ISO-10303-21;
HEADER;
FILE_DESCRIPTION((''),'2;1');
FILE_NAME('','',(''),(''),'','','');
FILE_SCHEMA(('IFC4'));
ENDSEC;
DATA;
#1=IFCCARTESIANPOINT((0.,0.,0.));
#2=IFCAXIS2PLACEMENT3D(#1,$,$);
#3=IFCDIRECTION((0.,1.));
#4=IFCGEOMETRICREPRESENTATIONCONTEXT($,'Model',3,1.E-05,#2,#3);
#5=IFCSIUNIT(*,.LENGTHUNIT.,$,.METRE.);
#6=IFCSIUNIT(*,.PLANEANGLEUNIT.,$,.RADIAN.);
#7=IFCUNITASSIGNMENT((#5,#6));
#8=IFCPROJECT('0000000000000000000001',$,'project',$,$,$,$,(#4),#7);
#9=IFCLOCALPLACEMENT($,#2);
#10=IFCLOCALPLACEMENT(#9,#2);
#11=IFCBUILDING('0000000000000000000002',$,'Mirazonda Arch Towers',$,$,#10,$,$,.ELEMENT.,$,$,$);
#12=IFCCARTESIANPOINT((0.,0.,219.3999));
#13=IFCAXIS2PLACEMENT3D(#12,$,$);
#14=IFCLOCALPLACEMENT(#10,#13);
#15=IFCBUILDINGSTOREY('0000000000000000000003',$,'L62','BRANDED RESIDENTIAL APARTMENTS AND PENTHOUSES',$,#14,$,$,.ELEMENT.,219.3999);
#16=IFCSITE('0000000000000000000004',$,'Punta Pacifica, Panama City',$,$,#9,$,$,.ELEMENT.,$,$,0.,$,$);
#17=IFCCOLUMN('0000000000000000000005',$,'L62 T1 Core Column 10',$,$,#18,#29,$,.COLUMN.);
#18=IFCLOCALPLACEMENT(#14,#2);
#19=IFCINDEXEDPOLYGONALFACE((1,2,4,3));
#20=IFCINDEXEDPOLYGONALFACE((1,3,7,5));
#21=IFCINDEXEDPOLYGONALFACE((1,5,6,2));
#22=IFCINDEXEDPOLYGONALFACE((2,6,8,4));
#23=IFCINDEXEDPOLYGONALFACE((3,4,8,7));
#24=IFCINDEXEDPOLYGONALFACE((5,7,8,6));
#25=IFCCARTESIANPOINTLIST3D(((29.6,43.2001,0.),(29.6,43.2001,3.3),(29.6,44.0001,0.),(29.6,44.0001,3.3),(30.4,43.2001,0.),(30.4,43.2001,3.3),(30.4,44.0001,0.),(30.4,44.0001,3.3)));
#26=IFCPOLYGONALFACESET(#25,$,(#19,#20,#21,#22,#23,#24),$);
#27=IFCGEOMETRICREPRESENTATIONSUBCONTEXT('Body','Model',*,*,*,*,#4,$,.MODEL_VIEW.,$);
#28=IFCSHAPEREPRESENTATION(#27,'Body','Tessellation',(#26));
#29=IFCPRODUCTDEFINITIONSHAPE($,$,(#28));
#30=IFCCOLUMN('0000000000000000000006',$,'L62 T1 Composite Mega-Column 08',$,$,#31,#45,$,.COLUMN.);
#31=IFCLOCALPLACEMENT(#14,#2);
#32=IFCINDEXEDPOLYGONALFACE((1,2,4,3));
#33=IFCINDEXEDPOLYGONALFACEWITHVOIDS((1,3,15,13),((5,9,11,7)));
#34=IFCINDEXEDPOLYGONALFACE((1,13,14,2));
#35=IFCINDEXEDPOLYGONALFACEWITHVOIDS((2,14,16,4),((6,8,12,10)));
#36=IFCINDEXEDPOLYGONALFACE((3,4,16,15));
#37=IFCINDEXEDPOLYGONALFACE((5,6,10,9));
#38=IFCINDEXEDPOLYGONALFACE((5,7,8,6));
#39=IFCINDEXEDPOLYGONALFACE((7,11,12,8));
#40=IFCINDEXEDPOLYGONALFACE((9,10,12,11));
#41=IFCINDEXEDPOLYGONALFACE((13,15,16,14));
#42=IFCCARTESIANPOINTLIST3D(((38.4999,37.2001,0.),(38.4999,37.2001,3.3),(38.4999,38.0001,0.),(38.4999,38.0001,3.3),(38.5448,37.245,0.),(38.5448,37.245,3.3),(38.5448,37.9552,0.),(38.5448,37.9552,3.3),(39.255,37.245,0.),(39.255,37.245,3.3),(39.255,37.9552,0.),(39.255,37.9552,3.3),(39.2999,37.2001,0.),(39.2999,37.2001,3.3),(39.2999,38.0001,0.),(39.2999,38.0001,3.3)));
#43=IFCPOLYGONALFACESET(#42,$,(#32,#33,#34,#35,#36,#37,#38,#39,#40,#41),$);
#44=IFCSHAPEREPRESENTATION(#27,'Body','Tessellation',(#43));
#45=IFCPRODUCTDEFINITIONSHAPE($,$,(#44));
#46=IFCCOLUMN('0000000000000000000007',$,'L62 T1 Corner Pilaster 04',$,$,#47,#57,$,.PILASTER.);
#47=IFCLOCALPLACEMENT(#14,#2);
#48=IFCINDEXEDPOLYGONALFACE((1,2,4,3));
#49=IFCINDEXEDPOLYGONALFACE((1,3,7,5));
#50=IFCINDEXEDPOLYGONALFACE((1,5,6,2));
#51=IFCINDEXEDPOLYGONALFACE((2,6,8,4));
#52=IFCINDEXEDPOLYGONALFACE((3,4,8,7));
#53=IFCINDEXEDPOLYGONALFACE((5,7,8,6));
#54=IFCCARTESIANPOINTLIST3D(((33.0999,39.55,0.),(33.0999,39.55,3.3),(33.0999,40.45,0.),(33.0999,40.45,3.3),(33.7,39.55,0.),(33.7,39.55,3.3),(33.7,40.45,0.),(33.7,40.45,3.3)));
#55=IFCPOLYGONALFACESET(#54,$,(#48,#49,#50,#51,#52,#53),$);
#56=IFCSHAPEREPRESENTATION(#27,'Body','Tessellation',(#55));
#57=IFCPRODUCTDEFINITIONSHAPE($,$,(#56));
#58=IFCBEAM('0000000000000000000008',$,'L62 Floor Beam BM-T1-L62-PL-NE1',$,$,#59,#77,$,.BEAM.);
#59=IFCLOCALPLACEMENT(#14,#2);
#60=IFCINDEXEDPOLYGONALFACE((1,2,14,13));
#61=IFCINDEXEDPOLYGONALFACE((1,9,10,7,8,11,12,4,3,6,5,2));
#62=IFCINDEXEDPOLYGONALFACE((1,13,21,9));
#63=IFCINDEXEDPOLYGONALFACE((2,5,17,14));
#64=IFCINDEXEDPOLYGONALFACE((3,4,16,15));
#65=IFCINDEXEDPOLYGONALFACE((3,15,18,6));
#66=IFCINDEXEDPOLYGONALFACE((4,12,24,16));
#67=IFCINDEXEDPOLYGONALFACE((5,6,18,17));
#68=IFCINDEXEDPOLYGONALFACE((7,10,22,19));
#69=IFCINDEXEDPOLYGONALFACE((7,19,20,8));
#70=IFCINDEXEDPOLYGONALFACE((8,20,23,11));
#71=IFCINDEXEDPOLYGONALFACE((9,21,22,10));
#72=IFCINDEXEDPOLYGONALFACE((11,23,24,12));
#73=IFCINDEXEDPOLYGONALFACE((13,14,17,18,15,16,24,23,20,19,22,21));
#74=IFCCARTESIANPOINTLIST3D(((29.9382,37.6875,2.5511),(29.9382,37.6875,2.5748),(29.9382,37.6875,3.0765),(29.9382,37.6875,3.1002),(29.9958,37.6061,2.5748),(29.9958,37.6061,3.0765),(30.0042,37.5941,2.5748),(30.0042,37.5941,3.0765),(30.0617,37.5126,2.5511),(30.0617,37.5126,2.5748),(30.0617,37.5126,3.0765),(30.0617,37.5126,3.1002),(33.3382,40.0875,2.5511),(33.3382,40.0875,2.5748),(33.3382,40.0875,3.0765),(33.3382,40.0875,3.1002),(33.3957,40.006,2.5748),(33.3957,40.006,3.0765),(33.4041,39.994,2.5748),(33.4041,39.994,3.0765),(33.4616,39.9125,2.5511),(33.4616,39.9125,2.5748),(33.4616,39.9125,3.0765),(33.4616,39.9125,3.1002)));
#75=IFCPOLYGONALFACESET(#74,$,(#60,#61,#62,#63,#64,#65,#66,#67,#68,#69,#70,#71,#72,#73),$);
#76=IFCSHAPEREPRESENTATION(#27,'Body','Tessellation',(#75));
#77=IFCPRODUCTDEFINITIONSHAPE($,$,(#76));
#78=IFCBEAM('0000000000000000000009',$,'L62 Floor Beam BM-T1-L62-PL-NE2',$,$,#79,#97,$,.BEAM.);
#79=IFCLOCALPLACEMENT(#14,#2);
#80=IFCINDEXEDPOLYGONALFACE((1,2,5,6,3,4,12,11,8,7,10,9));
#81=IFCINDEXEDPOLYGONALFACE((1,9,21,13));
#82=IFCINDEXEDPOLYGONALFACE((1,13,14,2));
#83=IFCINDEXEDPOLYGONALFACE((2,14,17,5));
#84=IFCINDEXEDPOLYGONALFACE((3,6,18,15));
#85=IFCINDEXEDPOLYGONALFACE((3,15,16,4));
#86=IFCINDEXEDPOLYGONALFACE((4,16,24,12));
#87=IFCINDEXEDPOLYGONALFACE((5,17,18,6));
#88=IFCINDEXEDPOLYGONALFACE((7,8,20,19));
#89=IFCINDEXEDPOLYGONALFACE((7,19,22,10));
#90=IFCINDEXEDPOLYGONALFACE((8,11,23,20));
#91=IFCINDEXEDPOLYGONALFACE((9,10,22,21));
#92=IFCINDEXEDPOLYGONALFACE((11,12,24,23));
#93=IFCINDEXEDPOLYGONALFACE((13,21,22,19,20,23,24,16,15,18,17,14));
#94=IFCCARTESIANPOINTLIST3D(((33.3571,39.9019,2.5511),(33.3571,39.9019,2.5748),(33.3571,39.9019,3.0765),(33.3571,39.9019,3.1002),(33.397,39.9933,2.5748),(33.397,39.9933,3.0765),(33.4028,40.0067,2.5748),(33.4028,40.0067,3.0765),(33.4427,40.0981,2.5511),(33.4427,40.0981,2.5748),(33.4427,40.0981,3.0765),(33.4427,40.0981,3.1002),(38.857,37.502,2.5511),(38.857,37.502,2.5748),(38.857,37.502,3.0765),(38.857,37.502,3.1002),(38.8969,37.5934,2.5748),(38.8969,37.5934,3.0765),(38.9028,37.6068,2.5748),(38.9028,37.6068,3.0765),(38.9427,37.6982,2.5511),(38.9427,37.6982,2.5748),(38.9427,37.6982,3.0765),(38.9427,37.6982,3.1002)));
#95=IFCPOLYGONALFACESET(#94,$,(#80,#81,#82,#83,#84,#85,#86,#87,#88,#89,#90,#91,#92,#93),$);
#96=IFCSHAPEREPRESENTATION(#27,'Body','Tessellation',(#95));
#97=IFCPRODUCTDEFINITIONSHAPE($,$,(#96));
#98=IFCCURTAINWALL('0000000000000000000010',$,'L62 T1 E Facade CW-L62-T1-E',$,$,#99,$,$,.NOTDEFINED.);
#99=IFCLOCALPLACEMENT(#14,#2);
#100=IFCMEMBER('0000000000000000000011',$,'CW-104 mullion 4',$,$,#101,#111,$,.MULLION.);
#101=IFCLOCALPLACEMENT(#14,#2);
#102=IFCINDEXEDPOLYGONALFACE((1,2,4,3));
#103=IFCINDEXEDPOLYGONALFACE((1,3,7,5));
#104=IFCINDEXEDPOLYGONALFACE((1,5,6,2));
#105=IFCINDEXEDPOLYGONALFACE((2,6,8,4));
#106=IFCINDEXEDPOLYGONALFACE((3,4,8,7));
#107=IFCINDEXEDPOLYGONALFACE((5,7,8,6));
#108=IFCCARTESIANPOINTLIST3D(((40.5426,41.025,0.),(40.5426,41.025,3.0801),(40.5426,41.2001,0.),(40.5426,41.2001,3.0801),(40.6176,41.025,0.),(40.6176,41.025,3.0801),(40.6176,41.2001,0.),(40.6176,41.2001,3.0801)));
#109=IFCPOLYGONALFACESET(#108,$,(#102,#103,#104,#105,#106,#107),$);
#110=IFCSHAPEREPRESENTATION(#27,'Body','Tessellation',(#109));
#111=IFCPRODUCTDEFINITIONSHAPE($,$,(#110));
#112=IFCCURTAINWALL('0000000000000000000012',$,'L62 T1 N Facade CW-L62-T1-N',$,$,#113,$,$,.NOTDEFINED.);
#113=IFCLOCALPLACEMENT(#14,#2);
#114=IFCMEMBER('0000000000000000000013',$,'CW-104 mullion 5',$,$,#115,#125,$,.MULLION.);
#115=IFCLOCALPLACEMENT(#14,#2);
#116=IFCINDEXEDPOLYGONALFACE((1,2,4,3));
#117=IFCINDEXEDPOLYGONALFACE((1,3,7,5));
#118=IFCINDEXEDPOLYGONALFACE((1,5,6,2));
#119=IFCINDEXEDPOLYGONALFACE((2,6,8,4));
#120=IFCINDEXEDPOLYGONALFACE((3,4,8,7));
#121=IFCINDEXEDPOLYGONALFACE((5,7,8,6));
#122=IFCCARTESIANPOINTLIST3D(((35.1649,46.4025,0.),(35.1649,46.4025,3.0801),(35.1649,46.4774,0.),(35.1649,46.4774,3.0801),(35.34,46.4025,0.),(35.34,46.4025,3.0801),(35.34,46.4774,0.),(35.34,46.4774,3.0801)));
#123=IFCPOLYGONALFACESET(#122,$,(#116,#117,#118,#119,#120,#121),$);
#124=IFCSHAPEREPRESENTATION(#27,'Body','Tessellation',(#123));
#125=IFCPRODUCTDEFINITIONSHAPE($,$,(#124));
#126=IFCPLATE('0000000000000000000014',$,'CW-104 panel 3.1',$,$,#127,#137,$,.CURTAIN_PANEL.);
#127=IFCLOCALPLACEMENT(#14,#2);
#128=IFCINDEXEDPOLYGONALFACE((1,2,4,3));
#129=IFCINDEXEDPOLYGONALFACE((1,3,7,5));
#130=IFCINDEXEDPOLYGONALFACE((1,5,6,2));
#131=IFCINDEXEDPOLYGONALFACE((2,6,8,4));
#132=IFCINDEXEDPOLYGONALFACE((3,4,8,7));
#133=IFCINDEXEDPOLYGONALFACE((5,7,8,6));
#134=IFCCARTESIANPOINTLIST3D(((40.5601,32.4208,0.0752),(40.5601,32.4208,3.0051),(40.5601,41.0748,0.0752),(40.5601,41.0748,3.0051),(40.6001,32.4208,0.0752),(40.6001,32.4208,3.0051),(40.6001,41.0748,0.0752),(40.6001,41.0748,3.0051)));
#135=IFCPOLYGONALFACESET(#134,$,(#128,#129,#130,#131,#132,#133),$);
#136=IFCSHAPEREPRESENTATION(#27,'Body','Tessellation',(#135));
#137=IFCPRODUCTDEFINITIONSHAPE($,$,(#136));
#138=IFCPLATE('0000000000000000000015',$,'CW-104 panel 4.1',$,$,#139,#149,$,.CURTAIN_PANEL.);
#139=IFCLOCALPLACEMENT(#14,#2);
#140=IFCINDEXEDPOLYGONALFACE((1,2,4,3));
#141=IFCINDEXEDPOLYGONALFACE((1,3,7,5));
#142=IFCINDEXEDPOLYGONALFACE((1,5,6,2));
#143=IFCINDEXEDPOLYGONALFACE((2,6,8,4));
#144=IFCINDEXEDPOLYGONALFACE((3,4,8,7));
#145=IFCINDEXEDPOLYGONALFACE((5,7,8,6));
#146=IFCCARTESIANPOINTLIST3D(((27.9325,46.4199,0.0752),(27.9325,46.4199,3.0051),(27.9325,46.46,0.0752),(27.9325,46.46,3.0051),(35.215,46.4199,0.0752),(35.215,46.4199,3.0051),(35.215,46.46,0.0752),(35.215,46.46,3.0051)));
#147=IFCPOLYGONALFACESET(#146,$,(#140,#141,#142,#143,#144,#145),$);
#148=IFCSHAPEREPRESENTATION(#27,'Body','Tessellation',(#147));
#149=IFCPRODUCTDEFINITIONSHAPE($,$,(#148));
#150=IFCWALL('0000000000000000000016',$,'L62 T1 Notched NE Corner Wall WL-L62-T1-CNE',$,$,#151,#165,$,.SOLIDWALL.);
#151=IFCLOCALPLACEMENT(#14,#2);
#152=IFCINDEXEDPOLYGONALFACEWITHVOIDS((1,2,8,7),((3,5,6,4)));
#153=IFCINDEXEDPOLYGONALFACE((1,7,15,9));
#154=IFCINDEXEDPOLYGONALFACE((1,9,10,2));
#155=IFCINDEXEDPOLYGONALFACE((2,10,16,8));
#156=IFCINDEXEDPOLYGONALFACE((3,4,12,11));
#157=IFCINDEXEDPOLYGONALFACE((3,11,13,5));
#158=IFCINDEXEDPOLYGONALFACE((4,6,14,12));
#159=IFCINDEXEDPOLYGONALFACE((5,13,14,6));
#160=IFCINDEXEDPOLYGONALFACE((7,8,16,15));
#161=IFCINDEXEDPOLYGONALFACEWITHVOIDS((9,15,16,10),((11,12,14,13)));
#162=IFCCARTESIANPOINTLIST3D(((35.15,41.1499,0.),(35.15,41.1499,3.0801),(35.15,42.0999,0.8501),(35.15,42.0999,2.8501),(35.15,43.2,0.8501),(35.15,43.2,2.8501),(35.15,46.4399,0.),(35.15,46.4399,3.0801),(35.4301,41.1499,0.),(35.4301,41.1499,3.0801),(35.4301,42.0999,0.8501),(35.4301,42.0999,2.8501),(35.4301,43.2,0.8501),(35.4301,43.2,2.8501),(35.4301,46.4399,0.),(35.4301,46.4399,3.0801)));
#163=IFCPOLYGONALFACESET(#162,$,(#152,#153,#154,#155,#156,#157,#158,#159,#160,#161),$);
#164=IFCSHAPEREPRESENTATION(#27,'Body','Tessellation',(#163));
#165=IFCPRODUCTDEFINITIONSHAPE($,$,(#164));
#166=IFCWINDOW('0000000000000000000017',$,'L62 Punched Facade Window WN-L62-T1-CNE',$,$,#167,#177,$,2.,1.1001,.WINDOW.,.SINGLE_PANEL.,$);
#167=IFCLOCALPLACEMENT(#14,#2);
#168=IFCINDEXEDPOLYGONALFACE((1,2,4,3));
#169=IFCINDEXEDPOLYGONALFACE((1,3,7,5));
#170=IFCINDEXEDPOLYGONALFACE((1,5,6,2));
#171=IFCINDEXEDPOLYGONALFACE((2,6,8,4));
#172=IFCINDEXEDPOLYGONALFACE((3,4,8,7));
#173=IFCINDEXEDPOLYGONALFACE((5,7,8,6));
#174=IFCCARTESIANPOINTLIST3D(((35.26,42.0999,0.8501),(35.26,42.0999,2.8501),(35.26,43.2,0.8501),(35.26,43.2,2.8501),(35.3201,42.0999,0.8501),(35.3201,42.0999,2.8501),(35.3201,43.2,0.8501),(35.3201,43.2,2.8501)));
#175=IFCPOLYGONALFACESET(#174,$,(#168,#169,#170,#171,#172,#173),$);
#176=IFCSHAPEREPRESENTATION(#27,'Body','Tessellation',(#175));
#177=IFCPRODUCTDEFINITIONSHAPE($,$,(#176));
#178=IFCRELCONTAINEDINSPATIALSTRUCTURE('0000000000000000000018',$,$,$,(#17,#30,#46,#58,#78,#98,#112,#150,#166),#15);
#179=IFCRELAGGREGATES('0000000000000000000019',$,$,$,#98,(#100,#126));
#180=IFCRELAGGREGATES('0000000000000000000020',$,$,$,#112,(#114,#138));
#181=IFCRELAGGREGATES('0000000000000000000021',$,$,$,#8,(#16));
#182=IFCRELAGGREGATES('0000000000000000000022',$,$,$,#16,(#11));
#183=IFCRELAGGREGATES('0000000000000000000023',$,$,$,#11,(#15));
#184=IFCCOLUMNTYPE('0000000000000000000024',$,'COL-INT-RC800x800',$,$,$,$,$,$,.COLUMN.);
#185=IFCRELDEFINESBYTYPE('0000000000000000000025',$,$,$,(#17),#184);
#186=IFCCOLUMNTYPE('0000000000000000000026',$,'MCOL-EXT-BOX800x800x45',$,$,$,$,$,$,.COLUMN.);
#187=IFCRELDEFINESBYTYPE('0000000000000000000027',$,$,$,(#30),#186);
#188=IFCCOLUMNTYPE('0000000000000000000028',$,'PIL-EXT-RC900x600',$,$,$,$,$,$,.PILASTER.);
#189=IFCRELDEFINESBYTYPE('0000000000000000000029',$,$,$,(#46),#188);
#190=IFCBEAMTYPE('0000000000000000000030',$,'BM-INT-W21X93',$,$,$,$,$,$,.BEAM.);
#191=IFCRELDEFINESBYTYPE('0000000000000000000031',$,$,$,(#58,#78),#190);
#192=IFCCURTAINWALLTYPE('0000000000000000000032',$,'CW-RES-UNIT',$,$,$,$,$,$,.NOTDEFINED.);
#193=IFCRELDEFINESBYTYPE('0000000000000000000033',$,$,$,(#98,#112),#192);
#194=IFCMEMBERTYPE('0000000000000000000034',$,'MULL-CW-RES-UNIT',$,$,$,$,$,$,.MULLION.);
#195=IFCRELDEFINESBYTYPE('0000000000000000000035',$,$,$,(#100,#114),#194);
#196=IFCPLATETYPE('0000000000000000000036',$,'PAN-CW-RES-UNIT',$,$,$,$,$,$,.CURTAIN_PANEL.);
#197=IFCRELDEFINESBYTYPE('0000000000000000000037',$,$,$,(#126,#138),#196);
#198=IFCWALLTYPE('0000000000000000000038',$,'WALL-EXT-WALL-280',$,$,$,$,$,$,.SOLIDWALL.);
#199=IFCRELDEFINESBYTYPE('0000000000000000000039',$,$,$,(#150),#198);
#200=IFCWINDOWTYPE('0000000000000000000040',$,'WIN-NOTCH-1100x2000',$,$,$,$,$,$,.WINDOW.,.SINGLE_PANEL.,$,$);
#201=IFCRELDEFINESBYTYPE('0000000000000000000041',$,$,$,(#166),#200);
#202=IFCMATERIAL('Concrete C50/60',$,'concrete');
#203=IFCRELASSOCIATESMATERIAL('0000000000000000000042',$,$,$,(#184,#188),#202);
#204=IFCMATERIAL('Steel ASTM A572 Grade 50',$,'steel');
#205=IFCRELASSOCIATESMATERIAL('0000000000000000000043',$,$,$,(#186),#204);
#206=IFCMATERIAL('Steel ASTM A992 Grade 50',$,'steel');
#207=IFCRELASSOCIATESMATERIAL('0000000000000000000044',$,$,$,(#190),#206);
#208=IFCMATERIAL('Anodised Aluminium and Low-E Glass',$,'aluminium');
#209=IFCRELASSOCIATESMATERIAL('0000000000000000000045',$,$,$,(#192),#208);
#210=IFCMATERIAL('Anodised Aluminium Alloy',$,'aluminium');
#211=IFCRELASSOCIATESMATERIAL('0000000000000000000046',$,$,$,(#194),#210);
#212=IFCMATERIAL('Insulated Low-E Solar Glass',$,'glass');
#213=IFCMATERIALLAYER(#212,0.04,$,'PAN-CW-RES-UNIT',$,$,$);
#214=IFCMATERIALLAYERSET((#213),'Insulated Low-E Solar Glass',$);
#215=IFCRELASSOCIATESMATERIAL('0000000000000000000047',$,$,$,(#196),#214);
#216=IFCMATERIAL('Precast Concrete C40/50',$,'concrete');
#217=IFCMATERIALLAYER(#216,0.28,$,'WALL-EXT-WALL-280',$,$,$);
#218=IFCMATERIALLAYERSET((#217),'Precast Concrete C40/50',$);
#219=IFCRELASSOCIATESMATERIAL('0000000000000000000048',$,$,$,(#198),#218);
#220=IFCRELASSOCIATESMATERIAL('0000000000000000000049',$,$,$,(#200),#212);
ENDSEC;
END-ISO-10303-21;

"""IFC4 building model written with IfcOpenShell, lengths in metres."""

from ifc_helpers import new_model, si_unit, direction, frame, frame_2d, origin, origin_2d, place, context, subcontext, project, spatial, rectangle, hollow_rectangle, i_section, extrude, material, layer, layer_set, material_profile, profile_set, type_object, element, fill, aggregate, save


model = new_model("IFC4")

# Units and contexts
model_context = context("Model", 3, precision=1e-05, world=origin(), true_north=direction((0.0, 1.0)))
body_context = subcontext(model_context, "Body", "Model", "MODEL_VIEW")
ifc_project = project(units=[si_unit("LENGTHUNIT", "METRE"), si_unit("PLANEANGLEUNIT", "RADIAN")], contexts=[model_context])

# Site, building, storey
site_placement = place(None, origin())
site = spatial("IfcSite", under=ifc_project, at=site_placement, Name="Punta Pacifica, Panama City", CompositionType="ELEMENT", RefElevation=0.0)
building_placement = place(site_placement, origin())
building = spatial("IfcBuilding", under=site, at=building_placement, Name="Mirazonda Arch Towers", CompositionType="ELEMENT")
storey_placement = place(building_placement, frame((0.0, 0.0, 219.3999)))
storey = spatial("IfcBuildingStorey", under=building, at=storey_placement, Name="L62", Description="BRANDED RESIDENTIAL APARTMENTS AND PENTHOUSES", CompositionType="ELEMENT", Elevation=219.3999)

# Columns
ifc_material_1 = material(Name="Concrete C50/60", Category="concrete")
ifc_material_profile_1 = material_profile(ifc_material_1, rectangle(XDim=0.8, YDim=0.8, at=origin_2d()), Name="RC800x800")
ifc_profile_set_1 = profile_set([ifc_material_profile_1], Name="Concrete C50/60")
column_type_1 = type_object("IfcColumnType", Name="COL-INT-RC800x800", PredefinedType="COLUMN", material=ifc_profile_set_1)
column_1_placement = place(storey_placement, frame((30.0, 43.6001, 0.0), z_axis=(0.0, 0.0, 1.0), x_axis=(1.0, 0.0, 0.0)))
element("IfcColumn", 1, at=column_1_placement, inside=storey, type_object=column_type_1, Name="L62 T1 Core Column 10", PredefinedType="COLUMN", context=body_context, shape_type="SweptSolid", body=[
    extrude(rectangle(XDim=0.8, YDim=0.8, at=origin_2d()), origin(), (0.0, 0.0, 1.0), 3.3),
])
ifc_material_2 = material(Name="Steel ASTM A572 Grade 50", Category="steel")
ifc_material_profile_2 = material_profile(ifc_material_2, hollow_rectangle(XDim=0.8, YDim=0.8, WallThickness=0.0449, at=origin_2d()), Name="BOX800x800x45")
ifc_profile_set_2 = profile_set([ifc_material_profile_2], Name="Steel ASTM A572 Grade 50")
column_type_2 = type_object("IfcColumnType", Name="MCOL-EXT-BOX800x800x45", PredefinedType="COLUMN", material=ifc_profile_set_2)
column_2_placement = place(storey_placement, frame((38.8999, 37.6001, 0.0), z_axis=(0.0, 0.0, 1.0), x_axis=(1.0, 0.0, 0.0)))
element("IfcColumn", 2, at=column_2_placement, inside=storey, type_object=column_type_2, Name="L62 T1 Composite Mega-Column 08", PredefinedType="COLUMN", context=body_context, shape_type="SweptSolid", body=[
    extrude(hollow_rectangle(XDim=0.8, YDim=0.8, WallThickness=0.0449, at=origin_2d()), origin(), (0.0, 0.0, 1.0), 3.3),
])
ifc_material_profile_3 = material_profile(ifc_material_1, rectangle(XDim=0.6001, YDim=0.8999, at=origin_2d()), Name="RC900x600")
ifc_profile_set_3 = profile_set([ifc_material_profile_3], Name="Concrete C50/60")
column_type_3 = type_object("IfcColumnType", Name="PIL-EXT-RC900x600", PredefinedType="PILASTER", material=ifc_profile_set_3)
column_3_placement = place(storey_placement, frame((33.3999, 40.0, 0.0), z_axis=(0.0, 0.0, 1.0), x_axis=(1.0, 0.0, 0.0)))
element("IfcColumn", 3, at=column_3_placement, inside=storey, type_object=column_type_3, Name="L62 T1 Corner Pilaster 04", PredefinedType="PILASTER", context=body_context, shape_type="SweptSolid", body=[
    extrude(rectangle(XDim=0.6001, YDim=0.8999, at=origin_2d()), origin(), (0.0, 0.0, 1.0), 3.3),
])

# Beams
ifc_material_3 = material(Name="Steel ASTM A992 Grade 50", Category="steel")
ifc_material_profile_4 = material_profile(ifc_material_3, i_section(OverallWidth=0.2141, OverallDepth=0.5491, WebThickness=0.0146, FlangeThickness=0.0237, at=origin_2d()), Name="W21X93")
ifc_profile_set_4 = profile_set([ifc_material_profile_4], Name="Steel ASTM A992 Grade 50")
beam_type = type_object("IfcBeamType", Name="BM-INT-W21X93", PredefinedType="BEAM", material=ifc_profile_set_4)
beam_1_placement = place(storey_placement, frame((33.3999, 40.0, 2.8257), z_axis=(-0.816971, -0.576679, 0.0), x_axis=(0.576679, -0.816971, 0.0)))
element("IfcBeam", 4, at=beam_1_placement, inside=storey, type_object=beam_type, Name="L62 Floor Beam BM-T1-L62-PL-NE1", PredefinedType="BEAM", context=body_context, shape_type="SweptSolid", body=[
    extrude(i_section(OverallWidth=0.2141, OverallDepth=0.5491, WebThickness=0.0146, FlangeThickness=0.0237, at=origin_2d()), origin(), (0.0, 0.0, 1.0), 4.1616),
])
beam_2_placement = place(storey_placement, frame((33.3999, 40.0, 2.8257), z_axis=(0.916545, -0.399931, 0.0), x_axis=(0.399931, 0.916545, 0.0)))
element("IfcBeam", 5, at=beam_2_placement, inside=storey, type_object=beam_type, Name="L62 Floor Beam BM-T1-L62-PL-NE2", PredefinedType="BEAM", context=body_context, shape_type="SweptSolid", body=[
    extrude(i_section(OverallWidth=0.2141, OverallDepth=0.5491, WebThickness=0.0146, FlangeThickness=0.0237, at=origin_2d()), origin(), (0.0, 0.0, 1.0), 6.0007),
])

# Curtain walls, members
ifc_material_4 = material(Name="Anodised Aluminium and Low-E Glass", Category="aluminium")
curtain_wall_type = type_object("IfcCurtainWallType", Name="CW-RES-UNIT", PredefinedType="NOTDEFINED", material=ifc_material_4)
curtain_wall_1_placement = place(storey_placement, origin())
curtain_wall_1 = element("IfcCurtainWall", 6, at=curtain_wall_1_placement, inside=storey, type_object=curtain_wall_type, Name="L62 T1 E Facade CW-L62-T1-E", PredefinedType="NOTDEFINED")
ifc_material_5 = material(Name="Anodised Aluminium Alloy", Category="aluminium")
ifc_material_profile_5 = material_profile(ifc_material_5, rectangle(XDim=0.075, YDim=0.175, at=origin_2d()), Name="ALU-MULL-75x175")
ifc_profile_set_5 = profile_set([ifc_material_profile_5], Name="Anodised Aluminium Alloy")
member_type = type_object("IfcMemberType", Name="MULL-CW-RES-UNIT", PredefinedType="MULLION", material=ifc_profile_set_5)
member_1_placement = place(storey_placement, frame((40.5801, 41.1125, 0.0), z_axis=(0.0, 0.0, 1.0), x_axis=(-1.0, 0.0, 0.0)))
member_1 = element("IfcMember", 7, at=member_1_placement, type_object=member_type, Name="CW-104 mullion 4", PredefinedType="MULLION", context=body_context, shape_type="SweptSolid", body=[
    extrude(rectangle(XDim=0.075, YDim=0.175, at=origin_2d()), origin(), (0.0, 0.0, 1.0), 3.0801),
])
curtain_wall_2_placement = place(storey_placement, origin())
curtain_wall_2 = element("IfcCurtainWall", 8, at=curtain_wall_2_placement, inside=storey, type_object=curtain_wall_type, Name="L62 T1 N Facade CW-L62-T1-N", PredefinedType="NOTDEFINED")
member_2_placement = place(storey_placement, frame((35.2524, 46.4399, 0.0), z_axis=(0.0, 0.0, 1.0), x_axis=(0.0, 1.0, 0.0)))
member_2 = element("IfcMember", 9, at=member_2_placement, type_object=member_type, Name="CW-104 mullion 5", PredefinedType="MULLION", context=body_context, shape_type="SweptSolid", body=[
    extrude(rectangle(XDim=0.075, YDim=0.175, at=origin_2d()), origin(), (0.0, 0.0, 1.0), 3.0801),
])

# Plates
ifc_material_6 = material(Name="Insulated Low-E Solar Glass", Category="glass")
ifc_layer_1 = layer(ifc_material_6, 0.04, Name="PAN-CW-RES-UNIT")
ifc_layer_set_1 = layer_set([ifc_layer_1], Name="Insulated Low-E Solar Glass")
plate_type = type_object("IfcPlateType", Name="PAN-CW-RES-UNIT", PredefinedType="CURTAIN_PANEL", material=ifc_layer_set_1)
plate_1_placement = place(storey_placement, frame((40.5801, 36.7478, 0.0752), z_axis=(0.0, 0.0, 1.0), x_axis=(0.0, 1.0, 0.0)))
plate_1 = element("IfcPlate", 10, at=plate_1_placement, type_object=plate_type, Name="CW-104 panel 3.1", PredefinedType="CURTAIN_PANEL", context=body_context, shape_type="SweptSolid", body=[
    extrude(rectangle(XDim=8.6541, YDim=0.04, at=origin_2d()), origin(), (0.0, 0.0, 1.0), 2.9299),
])
aggregate(curtain_wall_1, [member_1, plate_1])
plate_2_placement = place(storey_placement, frame((31.5737, 46.4399, 0.0752), z_axis=(0.0, 0.0, 1.0), x_axis=(1.0, 0.0, 0.0)))
plate_2 = element("IfcPlate", 11, at=plate_2_placement, type_object=plate_type, Name="CW-104 panel 4.1", PredefinedType="CURTAIN_PANEL", context=body_context, shape_type="SweptSolid", body=[
    extrude(rectangle(XDim=7.2825, YDim=0.04, at=origin_2d()), origin(), (0.0, 0.0, 1.0), 2.9299),
])
aggregate(curtain_wall_2, [member_2, plate_2])

# Wall, opening, window
ifc_material_7 = material(Name="Precast Concrete C40/50", Category="concrete")
ifc_layer_2 = layer(ifc_material_7, 0.28, Name="WALL-EXT-WALL-280")
ifc_layer_set_2 = layer_set([ifc_layer_2], Name="Precast Concrete C40/50")
wall_type_1 = type_object("IfcWallType", Name="WALL-EXT-WALL-280", PredefinedType="SOLIDWALL", material=ifc_layer_set_2)
wall_1_placement = place(storey_placement, frame((35.29, 41.1499, 0.0), z_axis=(0.0, 0.0, 1.0), x_axis=(0.0, 1.0, 0.0)))
wall_1 = element("IfcWall", 12, at=wall_1_placement, inside=storey, type_object=wall_type_1, Name="L62 T1 Notched NE Corner Wall WL-L62-T1-CNE", PredefinedType="SOLIDWALL", context=body_context, shape_type="SweptSolid", body=[
    extrude(rectangle(XDim=5.29, YDim=0.28, at=frame_2d((2.645, 0.0))), origin(), (0.0, 0.0, 1.0), 3.0801),
])
opening_1_placement = place(wall_1_placement, frame((0.95, 0.0, 0.8501)))
opening_1 = element("IfcOpeningElement", 13, at=opening_1_placement, cuts=wall_1, PredefinedType="OPENING", context=body_context, shape_type="SweptSolid", body=[
    extrude(rectangle(XDim=1.1001, YDim=2.0, at=frame_2d((0.55, 1.0))), frame((0.0, 0.1499, 0.0), z_axis=(0.0, -1.0, 0.0), x_axis=(1.0, 0.0, 0.0)), (0.0, 0.0, 1.0), 0.3),
])
window_type = type_object("IfcWindowType", Name="WIN-NOTCH-1100x2000", PartitioningType="SINGLE_PANEL", PredefinedType="WINDOW", material=ifc_material_6)
window_1_placement = place(opening_1_placement, origin())
window_1 = element("IfcWindow", 14, at=window_1_placement, inside=storey, type_object=window_type, Name="L62 Punched Facade Window WN-L62-T1-CNE", OverallHeight=2.0, OverallWidth=1.1001, PartitioningType="SINGLE_PANEL", PredefinedType="WINDOW", context=body_context, shape_type="SweptSolid", body=[
    extrude(rectangle(XDim=1.1001, YDim=2.0, at=frame_2d((0.55, 1.0))), frame((0.0, 0.03, 0.0), z_axis=(0.0, -1.0, 0.0), x_axis=(1.0, 0.0, 0.0)), (0.0, 0.0, 1.0), 0.0601),
])
fill(opening_1, window_1)

save(model, "model.ifc")
